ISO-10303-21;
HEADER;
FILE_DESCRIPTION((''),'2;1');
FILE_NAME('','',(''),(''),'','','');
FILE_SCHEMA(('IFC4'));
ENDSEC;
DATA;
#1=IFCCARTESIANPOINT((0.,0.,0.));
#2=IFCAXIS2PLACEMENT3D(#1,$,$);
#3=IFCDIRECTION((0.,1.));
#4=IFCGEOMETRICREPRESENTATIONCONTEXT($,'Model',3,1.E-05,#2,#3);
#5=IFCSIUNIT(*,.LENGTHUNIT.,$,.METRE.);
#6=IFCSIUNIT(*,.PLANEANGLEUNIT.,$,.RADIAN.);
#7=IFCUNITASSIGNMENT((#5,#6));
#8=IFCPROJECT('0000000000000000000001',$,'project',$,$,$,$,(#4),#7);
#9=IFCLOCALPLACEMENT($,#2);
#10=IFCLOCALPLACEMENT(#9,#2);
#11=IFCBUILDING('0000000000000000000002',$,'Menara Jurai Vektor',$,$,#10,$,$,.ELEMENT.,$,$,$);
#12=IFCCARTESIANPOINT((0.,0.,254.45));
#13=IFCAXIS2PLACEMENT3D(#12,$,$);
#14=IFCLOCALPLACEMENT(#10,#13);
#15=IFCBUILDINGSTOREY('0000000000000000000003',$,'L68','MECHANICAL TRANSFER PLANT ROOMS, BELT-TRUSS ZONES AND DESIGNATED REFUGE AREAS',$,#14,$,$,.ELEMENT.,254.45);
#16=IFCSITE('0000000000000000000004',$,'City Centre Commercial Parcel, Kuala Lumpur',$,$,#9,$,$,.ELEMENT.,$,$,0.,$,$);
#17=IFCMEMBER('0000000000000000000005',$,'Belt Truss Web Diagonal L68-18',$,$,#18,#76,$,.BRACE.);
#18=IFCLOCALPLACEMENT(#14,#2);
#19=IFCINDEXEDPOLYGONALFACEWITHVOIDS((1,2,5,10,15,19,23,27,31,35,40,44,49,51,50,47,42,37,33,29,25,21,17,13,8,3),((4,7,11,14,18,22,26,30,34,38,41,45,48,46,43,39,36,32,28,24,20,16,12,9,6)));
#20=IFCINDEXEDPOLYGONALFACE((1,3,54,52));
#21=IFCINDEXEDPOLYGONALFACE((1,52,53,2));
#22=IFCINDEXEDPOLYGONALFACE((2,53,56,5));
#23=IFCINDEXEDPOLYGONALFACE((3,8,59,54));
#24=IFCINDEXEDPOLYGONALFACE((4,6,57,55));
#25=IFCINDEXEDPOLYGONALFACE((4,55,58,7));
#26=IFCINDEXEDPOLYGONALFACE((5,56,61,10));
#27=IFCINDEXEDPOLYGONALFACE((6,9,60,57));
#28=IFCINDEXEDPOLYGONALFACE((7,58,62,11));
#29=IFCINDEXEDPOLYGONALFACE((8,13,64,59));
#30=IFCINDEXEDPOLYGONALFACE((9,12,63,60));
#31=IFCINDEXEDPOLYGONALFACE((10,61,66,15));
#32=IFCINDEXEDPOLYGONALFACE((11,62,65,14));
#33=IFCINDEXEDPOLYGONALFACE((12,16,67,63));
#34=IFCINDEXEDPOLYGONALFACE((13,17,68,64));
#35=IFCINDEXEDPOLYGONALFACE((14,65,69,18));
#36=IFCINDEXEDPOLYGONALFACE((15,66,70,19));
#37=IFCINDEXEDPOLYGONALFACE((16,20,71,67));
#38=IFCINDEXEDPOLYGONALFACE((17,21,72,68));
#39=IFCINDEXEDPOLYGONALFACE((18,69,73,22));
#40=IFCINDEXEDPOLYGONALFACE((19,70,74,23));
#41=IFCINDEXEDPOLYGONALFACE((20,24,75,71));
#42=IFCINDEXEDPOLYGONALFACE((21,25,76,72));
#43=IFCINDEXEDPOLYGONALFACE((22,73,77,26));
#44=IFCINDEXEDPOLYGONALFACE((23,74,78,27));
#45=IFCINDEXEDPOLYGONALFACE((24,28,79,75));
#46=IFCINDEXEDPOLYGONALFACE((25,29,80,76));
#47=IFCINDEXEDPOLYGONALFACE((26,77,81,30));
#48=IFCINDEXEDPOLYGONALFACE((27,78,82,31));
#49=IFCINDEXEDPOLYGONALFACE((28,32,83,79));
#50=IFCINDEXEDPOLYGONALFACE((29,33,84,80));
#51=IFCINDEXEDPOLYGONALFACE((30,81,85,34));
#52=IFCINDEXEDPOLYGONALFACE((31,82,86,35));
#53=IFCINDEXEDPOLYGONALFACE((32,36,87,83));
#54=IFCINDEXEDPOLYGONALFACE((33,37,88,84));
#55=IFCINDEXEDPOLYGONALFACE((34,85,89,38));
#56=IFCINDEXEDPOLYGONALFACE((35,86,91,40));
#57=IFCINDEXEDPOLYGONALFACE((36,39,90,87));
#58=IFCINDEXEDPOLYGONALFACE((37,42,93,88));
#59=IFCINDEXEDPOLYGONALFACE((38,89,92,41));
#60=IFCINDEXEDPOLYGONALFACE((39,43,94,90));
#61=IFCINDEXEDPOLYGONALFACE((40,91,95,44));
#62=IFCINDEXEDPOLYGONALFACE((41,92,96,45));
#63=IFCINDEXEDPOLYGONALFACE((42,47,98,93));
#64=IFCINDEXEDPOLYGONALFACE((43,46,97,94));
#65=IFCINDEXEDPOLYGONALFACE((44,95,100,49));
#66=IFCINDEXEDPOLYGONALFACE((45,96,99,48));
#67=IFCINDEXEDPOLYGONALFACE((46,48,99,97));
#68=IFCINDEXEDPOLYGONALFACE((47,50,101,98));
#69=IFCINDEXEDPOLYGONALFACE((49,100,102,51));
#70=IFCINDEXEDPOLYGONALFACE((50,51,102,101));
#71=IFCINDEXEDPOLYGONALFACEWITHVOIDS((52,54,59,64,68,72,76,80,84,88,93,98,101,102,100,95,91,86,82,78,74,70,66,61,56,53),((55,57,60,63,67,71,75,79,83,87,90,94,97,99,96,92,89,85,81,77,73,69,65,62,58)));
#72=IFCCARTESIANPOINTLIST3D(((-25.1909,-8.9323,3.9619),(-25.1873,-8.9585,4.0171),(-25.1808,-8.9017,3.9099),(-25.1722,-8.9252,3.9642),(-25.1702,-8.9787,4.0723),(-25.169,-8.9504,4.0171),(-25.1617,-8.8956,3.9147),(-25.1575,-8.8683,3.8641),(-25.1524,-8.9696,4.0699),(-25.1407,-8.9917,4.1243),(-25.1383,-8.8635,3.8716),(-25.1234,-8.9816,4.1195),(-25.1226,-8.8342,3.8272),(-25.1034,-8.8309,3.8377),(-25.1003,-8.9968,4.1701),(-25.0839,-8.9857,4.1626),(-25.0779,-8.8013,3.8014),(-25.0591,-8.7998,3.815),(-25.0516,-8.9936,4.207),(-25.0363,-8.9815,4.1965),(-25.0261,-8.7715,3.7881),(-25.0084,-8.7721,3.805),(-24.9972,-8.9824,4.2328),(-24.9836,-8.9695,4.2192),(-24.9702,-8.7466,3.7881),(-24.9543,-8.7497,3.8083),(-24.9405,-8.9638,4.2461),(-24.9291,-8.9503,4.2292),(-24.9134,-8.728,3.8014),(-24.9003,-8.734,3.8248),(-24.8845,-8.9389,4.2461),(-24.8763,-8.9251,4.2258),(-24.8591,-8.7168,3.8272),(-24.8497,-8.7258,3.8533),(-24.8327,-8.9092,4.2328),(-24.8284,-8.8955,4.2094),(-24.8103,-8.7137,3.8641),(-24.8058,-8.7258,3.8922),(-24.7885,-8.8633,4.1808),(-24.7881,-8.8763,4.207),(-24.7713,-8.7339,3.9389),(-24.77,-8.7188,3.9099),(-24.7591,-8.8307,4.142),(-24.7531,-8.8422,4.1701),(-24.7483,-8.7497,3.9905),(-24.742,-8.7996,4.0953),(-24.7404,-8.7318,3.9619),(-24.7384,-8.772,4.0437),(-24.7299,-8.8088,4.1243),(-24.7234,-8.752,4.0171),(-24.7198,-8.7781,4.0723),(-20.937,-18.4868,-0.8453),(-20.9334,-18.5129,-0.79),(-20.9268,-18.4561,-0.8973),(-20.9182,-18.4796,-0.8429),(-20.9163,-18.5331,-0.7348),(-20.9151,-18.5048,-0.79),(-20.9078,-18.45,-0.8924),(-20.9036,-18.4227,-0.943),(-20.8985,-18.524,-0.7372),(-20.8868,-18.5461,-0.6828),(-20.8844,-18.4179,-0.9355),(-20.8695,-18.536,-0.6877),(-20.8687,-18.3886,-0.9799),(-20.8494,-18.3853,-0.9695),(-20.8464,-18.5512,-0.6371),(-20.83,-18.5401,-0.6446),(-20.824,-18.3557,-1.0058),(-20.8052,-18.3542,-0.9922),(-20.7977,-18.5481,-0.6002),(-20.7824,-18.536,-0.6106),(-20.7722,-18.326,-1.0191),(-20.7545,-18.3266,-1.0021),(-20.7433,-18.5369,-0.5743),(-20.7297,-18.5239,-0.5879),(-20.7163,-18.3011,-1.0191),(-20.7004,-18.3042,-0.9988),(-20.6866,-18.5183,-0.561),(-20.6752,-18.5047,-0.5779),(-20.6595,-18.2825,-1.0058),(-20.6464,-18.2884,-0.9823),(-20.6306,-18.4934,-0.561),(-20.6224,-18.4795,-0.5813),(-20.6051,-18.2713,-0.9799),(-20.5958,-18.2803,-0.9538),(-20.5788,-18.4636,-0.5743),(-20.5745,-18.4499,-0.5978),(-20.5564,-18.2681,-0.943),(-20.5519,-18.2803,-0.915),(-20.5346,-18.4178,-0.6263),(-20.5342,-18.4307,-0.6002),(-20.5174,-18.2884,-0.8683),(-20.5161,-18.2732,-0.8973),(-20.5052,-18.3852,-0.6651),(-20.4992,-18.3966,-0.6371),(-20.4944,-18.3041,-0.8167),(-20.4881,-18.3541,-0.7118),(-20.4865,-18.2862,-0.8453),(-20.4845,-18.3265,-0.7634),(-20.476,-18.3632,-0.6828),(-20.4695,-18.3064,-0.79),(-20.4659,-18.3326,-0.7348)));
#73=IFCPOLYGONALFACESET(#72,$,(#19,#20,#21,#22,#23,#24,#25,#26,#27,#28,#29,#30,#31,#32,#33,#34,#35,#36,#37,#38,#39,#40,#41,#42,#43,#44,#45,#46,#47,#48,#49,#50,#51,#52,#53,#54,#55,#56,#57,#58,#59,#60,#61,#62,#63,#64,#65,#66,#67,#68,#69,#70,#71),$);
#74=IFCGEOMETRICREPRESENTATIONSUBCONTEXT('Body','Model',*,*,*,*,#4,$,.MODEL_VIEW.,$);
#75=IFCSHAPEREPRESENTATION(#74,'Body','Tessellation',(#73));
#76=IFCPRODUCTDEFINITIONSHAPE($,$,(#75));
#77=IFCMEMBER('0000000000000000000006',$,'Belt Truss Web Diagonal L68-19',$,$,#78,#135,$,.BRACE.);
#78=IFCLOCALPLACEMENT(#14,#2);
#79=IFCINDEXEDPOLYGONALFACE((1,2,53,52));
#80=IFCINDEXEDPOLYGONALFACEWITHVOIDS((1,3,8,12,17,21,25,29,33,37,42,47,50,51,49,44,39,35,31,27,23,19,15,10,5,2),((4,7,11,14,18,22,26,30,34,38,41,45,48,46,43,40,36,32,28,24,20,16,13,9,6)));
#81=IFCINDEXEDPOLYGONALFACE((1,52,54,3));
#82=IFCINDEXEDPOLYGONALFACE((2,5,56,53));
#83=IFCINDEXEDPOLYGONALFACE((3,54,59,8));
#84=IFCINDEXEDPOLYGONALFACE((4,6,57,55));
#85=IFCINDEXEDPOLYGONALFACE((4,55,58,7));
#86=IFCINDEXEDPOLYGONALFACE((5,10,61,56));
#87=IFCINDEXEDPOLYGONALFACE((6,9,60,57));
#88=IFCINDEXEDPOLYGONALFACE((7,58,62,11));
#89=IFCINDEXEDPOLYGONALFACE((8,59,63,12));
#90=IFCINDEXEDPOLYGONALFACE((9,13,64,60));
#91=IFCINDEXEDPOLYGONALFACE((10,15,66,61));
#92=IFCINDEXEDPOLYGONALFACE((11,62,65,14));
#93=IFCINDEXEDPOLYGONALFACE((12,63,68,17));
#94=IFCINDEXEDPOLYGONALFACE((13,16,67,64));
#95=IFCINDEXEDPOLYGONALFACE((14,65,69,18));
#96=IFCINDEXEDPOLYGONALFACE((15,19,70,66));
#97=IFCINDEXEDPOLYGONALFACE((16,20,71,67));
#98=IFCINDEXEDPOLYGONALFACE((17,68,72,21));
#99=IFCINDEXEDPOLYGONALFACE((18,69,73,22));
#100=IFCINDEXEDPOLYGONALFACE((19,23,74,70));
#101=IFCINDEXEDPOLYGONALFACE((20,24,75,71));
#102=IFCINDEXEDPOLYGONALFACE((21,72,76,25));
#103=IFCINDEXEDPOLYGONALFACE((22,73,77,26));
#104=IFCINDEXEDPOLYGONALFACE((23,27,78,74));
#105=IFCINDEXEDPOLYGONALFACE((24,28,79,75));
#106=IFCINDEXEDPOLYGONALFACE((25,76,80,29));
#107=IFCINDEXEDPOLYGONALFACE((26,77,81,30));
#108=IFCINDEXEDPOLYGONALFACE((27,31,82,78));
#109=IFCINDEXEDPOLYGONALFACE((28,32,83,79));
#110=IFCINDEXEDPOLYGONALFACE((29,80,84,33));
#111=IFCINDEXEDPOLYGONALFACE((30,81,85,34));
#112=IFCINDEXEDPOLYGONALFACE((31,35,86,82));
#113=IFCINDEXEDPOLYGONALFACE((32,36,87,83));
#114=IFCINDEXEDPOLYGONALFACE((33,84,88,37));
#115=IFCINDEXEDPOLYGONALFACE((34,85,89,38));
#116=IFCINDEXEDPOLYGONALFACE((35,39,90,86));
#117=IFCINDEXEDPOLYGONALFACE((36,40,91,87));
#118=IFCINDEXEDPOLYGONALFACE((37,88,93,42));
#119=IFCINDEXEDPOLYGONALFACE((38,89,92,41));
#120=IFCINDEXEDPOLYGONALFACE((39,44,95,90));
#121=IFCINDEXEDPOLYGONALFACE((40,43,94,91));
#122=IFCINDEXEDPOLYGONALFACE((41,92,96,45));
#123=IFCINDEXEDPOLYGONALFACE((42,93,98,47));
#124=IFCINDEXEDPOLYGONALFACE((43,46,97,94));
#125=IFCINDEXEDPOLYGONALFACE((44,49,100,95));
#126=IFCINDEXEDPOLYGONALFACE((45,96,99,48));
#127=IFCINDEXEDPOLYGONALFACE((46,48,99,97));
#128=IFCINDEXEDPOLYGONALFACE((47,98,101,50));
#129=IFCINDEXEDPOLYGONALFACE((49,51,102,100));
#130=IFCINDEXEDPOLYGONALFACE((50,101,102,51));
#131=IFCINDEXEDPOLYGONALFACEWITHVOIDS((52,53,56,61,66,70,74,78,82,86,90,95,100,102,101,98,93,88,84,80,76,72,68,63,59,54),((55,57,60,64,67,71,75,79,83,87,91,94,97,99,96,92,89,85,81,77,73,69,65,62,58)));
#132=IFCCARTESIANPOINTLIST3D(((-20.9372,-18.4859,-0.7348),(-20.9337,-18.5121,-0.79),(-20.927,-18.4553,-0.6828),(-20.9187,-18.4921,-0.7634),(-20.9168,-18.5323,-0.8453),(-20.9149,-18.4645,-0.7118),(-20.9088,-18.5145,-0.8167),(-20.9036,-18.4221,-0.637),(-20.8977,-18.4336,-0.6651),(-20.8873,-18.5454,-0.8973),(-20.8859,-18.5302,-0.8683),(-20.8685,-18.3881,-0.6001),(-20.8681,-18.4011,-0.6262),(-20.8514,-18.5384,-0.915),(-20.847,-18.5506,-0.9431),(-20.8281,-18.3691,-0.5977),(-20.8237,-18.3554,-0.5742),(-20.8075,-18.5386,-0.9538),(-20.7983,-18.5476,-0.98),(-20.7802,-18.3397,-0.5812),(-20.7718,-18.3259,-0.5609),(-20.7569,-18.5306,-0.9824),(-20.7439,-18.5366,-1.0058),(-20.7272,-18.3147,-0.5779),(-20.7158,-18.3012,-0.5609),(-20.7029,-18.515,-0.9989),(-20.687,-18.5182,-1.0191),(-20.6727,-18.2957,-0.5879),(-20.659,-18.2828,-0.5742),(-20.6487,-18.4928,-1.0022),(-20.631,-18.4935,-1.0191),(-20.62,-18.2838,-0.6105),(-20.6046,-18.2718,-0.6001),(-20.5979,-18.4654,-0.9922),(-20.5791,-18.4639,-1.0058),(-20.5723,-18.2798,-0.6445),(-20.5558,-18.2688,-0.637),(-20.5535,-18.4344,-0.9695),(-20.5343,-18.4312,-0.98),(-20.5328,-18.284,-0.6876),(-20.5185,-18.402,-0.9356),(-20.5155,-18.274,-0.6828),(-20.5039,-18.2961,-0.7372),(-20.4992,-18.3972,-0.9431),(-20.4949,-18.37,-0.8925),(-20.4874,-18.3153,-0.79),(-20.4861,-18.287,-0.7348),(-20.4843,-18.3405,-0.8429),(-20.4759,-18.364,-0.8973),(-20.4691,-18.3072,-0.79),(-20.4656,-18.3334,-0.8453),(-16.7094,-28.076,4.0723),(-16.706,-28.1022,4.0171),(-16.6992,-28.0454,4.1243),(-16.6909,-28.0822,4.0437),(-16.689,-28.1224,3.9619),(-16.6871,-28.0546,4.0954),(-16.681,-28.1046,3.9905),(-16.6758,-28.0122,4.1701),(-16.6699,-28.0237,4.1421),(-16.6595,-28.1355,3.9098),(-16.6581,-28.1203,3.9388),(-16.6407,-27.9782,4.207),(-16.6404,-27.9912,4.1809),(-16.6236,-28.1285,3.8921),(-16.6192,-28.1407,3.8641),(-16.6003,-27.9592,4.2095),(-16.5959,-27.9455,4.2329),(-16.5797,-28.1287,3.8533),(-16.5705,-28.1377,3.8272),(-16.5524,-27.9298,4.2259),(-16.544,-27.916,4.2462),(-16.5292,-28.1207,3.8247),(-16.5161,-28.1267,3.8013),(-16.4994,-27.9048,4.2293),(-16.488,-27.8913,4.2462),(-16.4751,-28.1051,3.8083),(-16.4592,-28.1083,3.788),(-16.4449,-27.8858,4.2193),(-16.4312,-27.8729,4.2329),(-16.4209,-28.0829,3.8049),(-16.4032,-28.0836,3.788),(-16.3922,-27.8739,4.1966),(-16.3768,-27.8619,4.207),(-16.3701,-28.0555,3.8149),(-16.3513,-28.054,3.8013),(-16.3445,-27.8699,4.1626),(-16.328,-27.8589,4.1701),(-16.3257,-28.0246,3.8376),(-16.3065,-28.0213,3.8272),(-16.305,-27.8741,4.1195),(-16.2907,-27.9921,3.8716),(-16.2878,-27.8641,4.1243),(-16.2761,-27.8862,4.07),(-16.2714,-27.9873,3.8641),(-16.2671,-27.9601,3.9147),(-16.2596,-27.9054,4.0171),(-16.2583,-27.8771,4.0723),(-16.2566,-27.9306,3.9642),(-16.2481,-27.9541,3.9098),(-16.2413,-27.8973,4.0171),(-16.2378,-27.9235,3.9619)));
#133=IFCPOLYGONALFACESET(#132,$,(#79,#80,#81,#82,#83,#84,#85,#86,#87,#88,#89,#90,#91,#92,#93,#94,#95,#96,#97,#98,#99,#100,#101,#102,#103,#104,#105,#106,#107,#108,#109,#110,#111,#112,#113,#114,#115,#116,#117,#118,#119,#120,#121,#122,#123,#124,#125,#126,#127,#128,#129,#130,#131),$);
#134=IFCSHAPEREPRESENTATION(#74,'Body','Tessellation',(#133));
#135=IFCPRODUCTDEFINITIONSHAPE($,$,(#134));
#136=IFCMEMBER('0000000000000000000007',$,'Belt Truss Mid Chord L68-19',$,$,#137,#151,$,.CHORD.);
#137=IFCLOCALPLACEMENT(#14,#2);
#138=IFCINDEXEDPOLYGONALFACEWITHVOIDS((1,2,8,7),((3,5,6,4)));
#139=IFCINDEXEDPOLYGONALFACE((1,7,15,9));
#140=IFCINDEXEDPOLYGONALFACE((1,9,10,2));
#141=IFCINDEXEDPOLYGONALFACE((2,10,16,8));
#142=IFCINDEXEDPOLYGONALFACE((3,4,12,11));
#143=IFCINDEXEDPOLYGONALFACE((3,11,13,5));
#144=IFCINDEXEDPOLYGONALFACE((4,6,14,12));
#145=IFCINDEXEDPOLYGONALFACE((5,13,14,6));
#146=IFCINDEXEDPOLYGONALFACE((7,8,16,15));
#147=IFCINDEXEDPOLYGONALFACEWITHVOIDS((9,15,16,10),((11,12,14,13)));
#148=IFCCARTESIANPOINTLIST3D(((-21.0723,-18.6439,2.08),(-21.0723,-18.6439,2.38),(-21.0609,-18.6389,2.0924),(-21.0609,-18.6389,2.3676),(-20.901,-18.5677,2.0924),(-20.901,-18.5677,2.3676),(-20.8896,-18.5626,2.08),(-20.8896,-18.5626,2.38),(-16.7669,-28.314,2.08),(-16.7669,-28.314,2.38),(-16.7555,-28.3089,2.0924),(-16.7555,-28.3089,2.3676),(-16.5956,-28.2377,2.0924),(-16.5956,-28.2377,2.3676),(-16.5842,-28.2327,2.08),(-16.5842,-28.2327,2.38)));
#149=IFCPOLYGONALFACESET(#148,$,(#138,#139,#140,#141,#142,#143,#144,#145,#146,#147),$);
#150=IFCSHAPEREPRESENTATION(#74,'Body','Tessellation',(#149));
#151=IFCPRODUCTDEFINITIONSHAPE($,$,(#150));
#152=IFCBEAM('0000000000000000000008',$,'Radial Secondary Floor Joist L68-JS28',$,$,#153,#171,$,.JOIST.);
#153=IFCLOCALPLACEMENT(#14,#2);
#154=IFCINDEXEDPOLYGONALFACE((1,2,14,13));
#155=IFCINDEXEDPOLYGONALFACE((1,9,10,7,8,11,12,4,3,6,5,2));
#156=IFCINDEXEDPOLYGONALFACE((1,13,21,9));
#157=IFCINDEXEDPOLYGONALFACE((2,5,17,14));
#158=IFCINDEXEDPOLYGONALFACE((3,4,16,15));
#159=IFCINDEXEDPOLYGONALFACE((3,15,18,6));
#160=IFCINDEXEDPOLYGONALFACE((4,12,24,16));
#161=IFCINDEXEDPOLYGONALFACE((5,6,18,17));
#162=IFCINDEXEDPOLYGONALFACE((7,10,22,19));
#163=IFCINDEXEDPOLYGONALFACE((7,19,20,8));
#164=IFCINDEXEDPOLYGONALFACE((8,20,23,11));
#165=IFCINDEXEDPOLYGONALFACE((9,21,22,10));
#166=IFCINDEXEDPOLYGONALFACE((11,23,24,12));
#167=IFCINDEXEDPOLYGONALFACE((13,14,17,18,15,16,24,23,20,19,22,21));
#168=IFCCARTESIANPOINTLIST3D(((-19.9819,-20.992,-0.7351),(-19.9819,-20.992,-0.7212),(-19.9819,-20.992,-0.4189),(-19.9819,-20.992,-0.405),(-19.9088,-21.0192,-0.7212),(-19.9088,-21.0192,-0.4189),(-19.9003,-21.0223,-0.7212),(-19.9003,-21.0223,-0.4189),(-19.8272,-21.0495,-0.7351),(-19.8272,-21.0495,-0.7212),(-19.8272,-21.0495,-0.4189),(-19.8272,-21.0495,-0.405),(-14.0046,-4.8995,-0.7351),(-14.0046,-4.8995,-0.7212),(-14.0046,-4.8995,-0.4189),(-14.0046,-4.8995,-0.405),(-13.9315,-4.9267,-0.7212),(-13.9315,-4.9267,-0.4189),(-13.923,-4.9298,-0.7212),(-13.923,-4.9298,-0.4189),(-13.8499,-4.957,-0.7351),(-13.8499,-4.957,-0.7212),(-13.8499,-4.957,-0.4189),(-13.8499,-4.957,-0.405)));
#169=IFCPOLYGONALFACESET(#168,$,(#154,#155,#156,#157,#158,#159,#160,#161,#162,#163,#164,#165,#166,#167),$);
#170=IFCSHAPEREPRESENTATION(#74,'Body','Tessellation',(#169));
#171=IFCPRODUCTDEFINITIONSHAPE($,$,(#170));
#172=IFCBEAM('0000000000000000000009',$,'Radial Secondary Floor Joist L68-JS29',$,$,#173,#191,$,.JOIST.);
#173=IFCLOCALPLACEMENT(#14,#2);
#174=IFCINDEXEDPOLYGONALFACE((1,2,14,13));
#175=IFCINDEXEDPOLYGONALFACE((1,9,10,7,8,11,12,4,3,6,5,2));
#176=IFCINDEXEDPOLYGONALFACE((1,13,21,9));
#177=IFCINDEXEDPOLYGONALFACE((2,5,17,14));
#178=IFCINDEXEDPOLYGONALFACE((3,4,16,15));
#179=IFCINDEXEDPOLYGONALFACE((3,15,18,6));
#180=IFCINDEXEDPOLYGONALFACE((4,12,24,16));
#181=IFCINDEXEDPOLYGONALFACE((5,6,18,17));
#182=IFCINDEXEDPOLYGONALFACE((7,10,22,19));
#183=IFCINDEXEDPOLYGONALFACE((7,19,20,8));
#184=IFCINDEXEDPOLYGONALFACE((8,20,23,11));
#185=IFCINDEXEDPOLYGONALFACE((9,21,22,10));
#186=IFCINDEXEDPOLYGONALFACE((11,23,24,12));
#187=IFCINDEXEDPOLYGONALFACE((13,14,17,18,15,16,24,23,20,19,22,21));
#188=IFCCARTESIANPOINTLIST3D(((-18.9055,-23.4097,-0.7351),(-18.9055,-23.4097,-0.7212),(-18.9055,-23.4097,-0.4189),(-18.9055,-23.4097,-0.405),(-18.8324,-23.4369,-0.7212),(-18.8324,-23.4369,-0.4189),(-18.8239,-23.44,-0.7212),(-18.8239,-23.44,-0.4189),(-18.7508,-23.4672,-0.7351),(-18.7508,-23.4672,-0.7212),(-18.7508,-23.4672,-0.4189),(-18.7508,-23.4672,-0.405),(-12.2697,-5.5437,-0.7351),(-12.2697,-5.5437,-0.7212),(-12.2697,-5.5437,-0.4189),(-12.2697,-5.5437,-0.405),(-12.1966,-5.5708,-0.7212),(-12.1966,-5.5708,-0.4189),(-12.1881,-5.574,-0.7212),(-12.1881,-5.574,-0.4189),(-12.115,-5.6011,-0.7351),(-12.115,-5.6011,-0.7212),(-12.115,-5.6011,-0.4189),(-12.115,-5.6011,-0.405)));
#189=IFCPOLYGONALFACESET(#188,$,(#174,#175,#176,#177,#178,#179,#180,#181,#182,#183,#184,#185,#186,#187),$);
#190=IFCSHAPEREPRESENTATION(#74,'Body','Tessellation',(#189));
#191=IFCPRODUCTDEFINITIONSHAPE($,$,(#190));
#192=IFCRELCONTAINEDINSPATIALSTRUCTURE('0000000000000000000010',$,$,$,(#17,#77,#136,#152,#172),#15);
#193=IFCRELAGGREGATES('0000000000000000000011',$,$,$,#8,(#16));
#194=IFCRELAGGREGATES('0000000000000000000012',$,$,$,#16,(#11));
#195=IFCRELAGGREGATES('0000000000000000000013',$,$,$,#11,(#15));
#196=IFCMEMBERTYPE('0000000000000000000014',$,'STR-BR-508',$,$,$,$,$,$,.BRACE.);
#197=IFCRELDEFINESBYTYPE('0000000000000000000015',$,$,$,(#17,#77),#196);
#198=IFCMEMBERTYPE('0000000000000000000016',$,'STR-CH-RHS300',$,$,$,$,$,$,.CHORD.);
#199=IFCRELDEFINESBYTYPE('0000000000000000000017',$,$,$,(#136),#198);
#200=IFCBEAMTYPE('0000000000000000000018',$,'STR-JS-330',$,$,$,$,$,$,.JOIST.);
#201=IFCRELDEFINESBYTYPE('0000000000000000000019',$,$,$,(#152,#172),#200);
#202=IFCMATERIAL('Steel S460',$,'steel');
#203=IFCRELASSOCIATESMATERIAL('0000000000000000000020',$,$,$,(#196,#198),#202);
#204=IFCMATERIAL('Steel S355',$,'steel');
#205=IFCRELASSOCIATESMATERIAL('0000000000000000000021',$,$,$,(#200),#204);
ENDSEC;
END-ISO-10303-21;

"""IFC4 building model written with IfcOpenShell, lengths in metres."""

from ifc_helpers import new_model, si_unit, direction, frame, origin, origin_2d, place, context, subcontext, project, spatial, hollow_rectangle, hollow_circle, i_section, extrude, material, material_profile, profile_set, type_object, element, save


model = new_model("IFC4")

# Units and contexts
model_context = context("Model", 3, precision=1e-05, world=origin(), true_north=direction((0.0, 1.0)))
body_context = subcontext(model_context, "Body", "Model", "MODEL_VIEW")
ifc_project = project(units=[si_unit("LENGTHUNIT", "METRE"), si_unit("PLANEANGLEUNIT", "RADIAN")], contexts=[model_context])

# Site, building, storey
site_placement = place(None, origin())
site = spatial("IfcSite", under=ifc_project, at=site_placement, Name="City Centre Commercial Parcel, Kuala Lumpur", CompositionType="ELEMENT", RefElevation=0.0)
building_placement = place(site_placement, origin())
building = spatial("IfcBuilding", under=site, at=building_placement, Name="Menara Jurai Vektor", CompositionType="ELEMENT")
storey_placement = place(building_placement, frame((0.0, 0.0, 254.45)))
storey = spatial("IfcBuildingStorey", under=building, at=storey_placement, Name="L68", Description="MECHANICAL TRANSFER PLANT ROOMS, BELT-TRUSS ZONES AND DESIGNATED REFUGE AREAS", CompositionType="ELEMENT", Elevation=254.45)

# Shared definitions
ifc_material_1 = material(Name="Steel S460", Category="steel")

# Shared definitions
ifc_material_2 = material(Name="Steel S355", Category="steel")

# Members
ifc_material_profile_1 = material_profile(ifc_material_1, hollow_circle(Radius=0.2539, WallThickness=0.02, at=origin_2d()), Name="CHS 508x20")
ifc_profile_set_1 = profile_set([ifc_material_profile_1], Name="Steel S460")
member_type_1 = type_object("IfcMemberType", Name="STR-BR-508", PredefinedType="BRACE", material=ifc_profile_set_1)
member_1_placement = place(storey_placement, frame((-20.7014, -18.4097, -0.79), z_axis=(-0.369567, 0.830063, 0.41763), x_axis=(-0.913546, -0.406736, 0.0)))
element("IfcMember", 1, at=member_1_placement, inside=storey, type_object=member_type_1, Name="Belt Truss Web Diagonal L68-18", PredefinedType="BRACE", context=body_context, shape_type="SweptSolid", body=[
    extrude(hollow_circle(Radius=0.2539, WallThickness=0.02, at=origin_2d()), origin(), (0.0, 0.0, 1.0), 11.5105),
])
member_2_placement = place(storey_placement, frame((-20.7014, -18.4097, -0.79), z_axis=(0.366661, -0.831715, 0.416906), x_axis=(0.915028, 0.40339, 0.0)))
element("IfcMember", 2, at=member_2_placement, inside=storey, type_object=member_type_1, Name="Belt Truss Web Diagonal L68-19", PredefinedType="BRACE", context=body_context, shape_type="SweptSolid", body=[
    extrude(hollow_circle(Radius=0.2539, WallThickness=0.02, at=origin_2d()), origin(), (0.0, 0.0, 1.0), 11.5305),
])
ifc_material_profile_2 = material_profile(ifc_material_1, hollow_rectangle(XDim=0.2, YDim=0.3, WallThickness=0.0125, at=origin_2d()), Name="RHS 300x200x12.5")
ifc_profile_set_2 = profile_set([ifc_material_profile_2], Name="Steel S460")
member_type_2 = type_object("IfcMemberType", Name="STR-CH-RHS300", PredefinedType="CHORD", material=ifc_profile_set_2)
member_3_placement = place(storey_placement, frame((-20.981, -18.6033, 2.23), z_axis=(0.406735, -0.913546, 0.0), x_axis=(0.913546, 0.406735, 0.0)))
element("IfcMember", 3, at=member_3_placement, inside=storey, type_object=member_type_2, Name="Belt Truss Mid Chord L68-19", PredefinedType="CHORD", context=body_context, shape_type="SweptSolid", body=[
    extrude(hollow_rectangle(XDim=0.2, YDim=0.3, WallThickness=0.0125, at=origin_2d()), origin(), (0.0, 0.0, 1.0), 10.5852),
])

# Beams
ifc_material_profile_3 = material_profile(ifc_material_2, i_section(OverallWidth=0.165, OverallDepth=0.3301, WebThickness=0.009, FlangeThickness=0.0139, at=origin_2d()), Name="PG 330x165x46")
ifc_profile_set_3 = profile_set([ifc_material_profile_3], Name="Steel S355")
beam_type_1 = type_object("IfcBeamType", Name="STR-JS-330", PredefinedType="JOIST", material=ifc_profile_set_3)
beam_1_placement = place(storey_placement, frame((-19.9045, -21.0208, -0.5701), z_axis=(0.34819, 0.937424, 0.0), x_axis=(-0.937424, 0.34819, 0.0)))
element("IfcBeam", 4, at=beam_1_placement, inside=storey, type_object=beam_type_1, Name="Radial Secondary Floor Joist L68-JS28", PredefinedType="JOIST", context=body_context, shape_type="SweptSolid", body=[
    extrude(i_section(OverallWidth=0.165, OverallDepth=0.3301, WebThickness=0.009, FlangeThickness=0.0139, at=origin_2d()), origin(), (0.0, 0.0, 1.0), 17.1667),
])
beam_2_placement = place(storey_placement, frame((-18.8281, -23.4385, -0.5701), z_axis=(0.348178, 0.937428, 0.0), x_axis=(-0.937428, 0.348178, 0.0)))
element("IfcBeam", 5, at=beam_2_placement, inside=storey, type_object=beam_type_1, Name="Radial Secondary Floor Joist L68-JS29", PredefinedType="JOIST", context=body_context, shape_type="SweptSolid", body=[
    extrude(i_section(OverallWidth=0.165, OverallDepth=0.3301, WebThickness=0.009, FlangeThickness=0.0139, at=origin_2d()), origin(), (0.0, 0.0, 1.0), 19.0586),
])

save(model, "model.ifc")
